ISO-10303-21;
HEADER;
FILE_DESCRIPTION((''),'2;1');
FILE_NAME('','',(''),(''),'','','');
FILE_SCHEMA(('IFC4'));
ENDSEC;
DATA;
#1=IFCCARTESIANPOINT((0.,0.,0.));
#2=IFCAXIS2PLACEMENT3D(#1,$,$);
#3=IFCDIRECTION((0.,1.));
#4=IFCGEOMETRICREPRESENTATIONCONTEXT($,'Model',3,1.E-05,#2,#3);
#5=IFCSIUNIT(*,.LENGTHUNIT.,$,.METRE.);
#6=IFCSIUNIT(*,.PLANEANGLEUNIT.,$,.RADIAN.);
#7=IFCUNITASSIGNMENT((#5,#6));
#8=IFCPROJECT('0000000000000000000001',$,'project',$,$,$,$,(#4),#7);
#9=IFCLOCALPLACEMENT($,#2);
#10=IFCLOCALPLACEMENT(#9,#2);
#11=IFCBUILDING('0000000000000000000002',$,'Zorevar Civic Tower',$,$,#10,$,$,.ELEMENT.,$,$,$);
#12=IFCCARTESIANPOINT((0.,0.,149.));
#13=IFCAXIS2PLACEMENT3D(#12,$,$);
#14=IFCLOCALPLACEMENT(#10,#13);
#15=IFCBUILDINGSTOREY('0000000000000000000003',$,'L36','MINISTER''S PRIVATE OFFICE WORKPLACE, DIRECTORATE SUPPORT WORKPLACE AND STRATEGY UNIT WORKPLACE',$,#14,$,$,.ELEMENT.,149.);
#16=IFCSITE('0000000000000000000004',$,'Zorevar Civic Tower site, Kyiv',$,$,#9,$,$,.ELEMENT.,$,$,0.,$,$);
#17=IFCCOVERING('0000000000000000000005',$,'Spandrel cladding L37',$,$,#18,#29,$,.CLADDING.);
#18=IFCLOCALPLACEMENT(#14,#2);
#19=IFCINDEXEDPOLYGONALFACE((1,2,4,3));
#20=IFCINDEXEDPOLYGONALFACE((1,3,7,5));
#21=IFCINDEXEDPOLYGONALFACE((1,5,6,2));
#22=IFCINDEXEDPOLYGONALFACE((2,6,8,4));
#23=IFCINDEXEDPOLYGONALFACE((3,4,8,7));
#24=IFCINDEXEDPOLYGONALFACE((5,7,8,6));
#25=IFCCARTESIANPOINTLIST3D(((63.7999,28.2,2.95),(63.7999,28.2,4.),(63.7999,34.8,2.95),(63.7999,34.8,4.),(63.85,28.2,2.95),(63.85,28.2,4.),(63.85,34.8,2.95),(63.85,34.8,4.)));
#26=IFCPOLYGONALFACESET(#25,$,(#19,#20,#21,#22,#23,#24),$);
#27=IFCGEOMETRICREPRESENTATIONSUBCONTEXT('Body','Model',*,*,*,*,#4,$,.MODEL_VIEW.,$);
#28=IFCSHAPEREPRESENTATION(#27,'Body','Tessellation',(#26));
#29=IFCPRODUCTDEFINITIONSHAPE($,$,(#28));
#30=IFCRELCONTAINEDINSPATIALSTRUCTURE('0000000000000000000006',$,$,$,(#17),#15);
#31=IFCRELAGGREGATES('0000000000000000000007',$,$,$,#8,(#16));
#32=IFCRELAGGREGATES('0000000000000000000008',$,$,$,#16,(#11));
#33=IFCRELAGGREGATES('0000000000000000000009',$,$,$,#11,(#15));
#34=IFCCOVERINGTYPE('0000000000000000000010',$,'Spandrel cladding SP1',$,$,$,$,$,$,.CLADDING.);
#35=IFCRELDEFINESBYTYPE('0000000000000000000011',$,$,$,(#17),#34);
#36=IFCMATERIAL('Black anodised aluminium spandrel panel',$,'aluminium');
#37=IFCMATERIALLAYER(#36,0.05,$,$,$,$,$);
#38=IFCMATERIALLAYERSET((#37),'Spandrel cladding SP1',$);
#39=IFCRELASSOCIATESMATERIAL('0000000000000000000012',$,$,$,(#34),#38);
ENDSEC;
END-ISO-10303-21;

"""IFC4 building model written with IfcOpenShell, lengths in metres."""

from ifc_helpers import new_model, si_unit, direction, frame, frame_2d, origin, place, context, subcontext, project, spatial, rectangle, extrude, material, layer, layer_set, type_object, element, save


model = new_model("IFC4")

# Units and contexts
model_context = context("Model", 3, precision=1e-05, world=origin(), true_north=direction((0.0, 1.0)))
body_context = subcontext(model_context, "Body", "Model", "MODEL_VIEW")
ifc_project = project(units=[si_unit("LENGTHUNIT", "METRE"), si_unit("PLANEANGLEUNIT", "RADIAN")], contexts=[model_context])

# Site, building, storey
site_placement = place(None, origin())
site = spatial("IfcSite", under=ifc_project, at=site_placement, Name="Zorevar Civic Tower site, Kyiv", CompositionType="ELEMENT", RefElevation=0.0)
building_placement = place(site_placement, origin())
building = spatial("IfcBuilding", under=site, at=building_placement, Name="Zorevar Civic Tower", CompositionType="ELEMENT")
storey_placement = place(building_placement, frame((0.0, 0.0, 149.0)))
storey = spatial("IfcBuildingStorey", under=building, at=storey_placement, Name="L36", Description="MINISTER'S PRIVATE OFFICE WORKPLACE, DIRECTORATE SUPPORT WORKPLACE AND STRATEGY UNIT WORKPLACE", CompositionType="ELEMENT", Elevation=149.0)

# Covering
ifc_material_1 = material(Name="Black anodised aluminium spandrel panel", Category="aluminium")
ifc_layer_1 = layer(ifc_material_1, 0.05)
ifc_layer_set_1 = layer_set([ifc_layer_1], Name="Spandrel cladding SP1")
covering_type = type_object("IfcCoveringType", Name="Spandrel cladding SP1", PredefinedType="CLADDING", material=ifc_layer_set_1)
covering_placement = place(storey_placement, frame((63.825, 28.2, 2.95), z_axis=(0.0, 0.0, 1.0), x_axis=(0.0, 1.0, 0.0)))
element("IfcCovering", 1, at=covering_placement, inside=storey, type_object=covering_type, Name="Spandrel cladding L37", PredefinedType="CLADDING", context=body_context, shape_type="SweptSolid", body=[
    extrude(rectangle(XDim=6.6001, YDim=0.05, at=frame_2d((3.3, 0.0))), origin(), (0.0, 0.0, 1.0), 1.05),
])

save(model, "model.ifc")
